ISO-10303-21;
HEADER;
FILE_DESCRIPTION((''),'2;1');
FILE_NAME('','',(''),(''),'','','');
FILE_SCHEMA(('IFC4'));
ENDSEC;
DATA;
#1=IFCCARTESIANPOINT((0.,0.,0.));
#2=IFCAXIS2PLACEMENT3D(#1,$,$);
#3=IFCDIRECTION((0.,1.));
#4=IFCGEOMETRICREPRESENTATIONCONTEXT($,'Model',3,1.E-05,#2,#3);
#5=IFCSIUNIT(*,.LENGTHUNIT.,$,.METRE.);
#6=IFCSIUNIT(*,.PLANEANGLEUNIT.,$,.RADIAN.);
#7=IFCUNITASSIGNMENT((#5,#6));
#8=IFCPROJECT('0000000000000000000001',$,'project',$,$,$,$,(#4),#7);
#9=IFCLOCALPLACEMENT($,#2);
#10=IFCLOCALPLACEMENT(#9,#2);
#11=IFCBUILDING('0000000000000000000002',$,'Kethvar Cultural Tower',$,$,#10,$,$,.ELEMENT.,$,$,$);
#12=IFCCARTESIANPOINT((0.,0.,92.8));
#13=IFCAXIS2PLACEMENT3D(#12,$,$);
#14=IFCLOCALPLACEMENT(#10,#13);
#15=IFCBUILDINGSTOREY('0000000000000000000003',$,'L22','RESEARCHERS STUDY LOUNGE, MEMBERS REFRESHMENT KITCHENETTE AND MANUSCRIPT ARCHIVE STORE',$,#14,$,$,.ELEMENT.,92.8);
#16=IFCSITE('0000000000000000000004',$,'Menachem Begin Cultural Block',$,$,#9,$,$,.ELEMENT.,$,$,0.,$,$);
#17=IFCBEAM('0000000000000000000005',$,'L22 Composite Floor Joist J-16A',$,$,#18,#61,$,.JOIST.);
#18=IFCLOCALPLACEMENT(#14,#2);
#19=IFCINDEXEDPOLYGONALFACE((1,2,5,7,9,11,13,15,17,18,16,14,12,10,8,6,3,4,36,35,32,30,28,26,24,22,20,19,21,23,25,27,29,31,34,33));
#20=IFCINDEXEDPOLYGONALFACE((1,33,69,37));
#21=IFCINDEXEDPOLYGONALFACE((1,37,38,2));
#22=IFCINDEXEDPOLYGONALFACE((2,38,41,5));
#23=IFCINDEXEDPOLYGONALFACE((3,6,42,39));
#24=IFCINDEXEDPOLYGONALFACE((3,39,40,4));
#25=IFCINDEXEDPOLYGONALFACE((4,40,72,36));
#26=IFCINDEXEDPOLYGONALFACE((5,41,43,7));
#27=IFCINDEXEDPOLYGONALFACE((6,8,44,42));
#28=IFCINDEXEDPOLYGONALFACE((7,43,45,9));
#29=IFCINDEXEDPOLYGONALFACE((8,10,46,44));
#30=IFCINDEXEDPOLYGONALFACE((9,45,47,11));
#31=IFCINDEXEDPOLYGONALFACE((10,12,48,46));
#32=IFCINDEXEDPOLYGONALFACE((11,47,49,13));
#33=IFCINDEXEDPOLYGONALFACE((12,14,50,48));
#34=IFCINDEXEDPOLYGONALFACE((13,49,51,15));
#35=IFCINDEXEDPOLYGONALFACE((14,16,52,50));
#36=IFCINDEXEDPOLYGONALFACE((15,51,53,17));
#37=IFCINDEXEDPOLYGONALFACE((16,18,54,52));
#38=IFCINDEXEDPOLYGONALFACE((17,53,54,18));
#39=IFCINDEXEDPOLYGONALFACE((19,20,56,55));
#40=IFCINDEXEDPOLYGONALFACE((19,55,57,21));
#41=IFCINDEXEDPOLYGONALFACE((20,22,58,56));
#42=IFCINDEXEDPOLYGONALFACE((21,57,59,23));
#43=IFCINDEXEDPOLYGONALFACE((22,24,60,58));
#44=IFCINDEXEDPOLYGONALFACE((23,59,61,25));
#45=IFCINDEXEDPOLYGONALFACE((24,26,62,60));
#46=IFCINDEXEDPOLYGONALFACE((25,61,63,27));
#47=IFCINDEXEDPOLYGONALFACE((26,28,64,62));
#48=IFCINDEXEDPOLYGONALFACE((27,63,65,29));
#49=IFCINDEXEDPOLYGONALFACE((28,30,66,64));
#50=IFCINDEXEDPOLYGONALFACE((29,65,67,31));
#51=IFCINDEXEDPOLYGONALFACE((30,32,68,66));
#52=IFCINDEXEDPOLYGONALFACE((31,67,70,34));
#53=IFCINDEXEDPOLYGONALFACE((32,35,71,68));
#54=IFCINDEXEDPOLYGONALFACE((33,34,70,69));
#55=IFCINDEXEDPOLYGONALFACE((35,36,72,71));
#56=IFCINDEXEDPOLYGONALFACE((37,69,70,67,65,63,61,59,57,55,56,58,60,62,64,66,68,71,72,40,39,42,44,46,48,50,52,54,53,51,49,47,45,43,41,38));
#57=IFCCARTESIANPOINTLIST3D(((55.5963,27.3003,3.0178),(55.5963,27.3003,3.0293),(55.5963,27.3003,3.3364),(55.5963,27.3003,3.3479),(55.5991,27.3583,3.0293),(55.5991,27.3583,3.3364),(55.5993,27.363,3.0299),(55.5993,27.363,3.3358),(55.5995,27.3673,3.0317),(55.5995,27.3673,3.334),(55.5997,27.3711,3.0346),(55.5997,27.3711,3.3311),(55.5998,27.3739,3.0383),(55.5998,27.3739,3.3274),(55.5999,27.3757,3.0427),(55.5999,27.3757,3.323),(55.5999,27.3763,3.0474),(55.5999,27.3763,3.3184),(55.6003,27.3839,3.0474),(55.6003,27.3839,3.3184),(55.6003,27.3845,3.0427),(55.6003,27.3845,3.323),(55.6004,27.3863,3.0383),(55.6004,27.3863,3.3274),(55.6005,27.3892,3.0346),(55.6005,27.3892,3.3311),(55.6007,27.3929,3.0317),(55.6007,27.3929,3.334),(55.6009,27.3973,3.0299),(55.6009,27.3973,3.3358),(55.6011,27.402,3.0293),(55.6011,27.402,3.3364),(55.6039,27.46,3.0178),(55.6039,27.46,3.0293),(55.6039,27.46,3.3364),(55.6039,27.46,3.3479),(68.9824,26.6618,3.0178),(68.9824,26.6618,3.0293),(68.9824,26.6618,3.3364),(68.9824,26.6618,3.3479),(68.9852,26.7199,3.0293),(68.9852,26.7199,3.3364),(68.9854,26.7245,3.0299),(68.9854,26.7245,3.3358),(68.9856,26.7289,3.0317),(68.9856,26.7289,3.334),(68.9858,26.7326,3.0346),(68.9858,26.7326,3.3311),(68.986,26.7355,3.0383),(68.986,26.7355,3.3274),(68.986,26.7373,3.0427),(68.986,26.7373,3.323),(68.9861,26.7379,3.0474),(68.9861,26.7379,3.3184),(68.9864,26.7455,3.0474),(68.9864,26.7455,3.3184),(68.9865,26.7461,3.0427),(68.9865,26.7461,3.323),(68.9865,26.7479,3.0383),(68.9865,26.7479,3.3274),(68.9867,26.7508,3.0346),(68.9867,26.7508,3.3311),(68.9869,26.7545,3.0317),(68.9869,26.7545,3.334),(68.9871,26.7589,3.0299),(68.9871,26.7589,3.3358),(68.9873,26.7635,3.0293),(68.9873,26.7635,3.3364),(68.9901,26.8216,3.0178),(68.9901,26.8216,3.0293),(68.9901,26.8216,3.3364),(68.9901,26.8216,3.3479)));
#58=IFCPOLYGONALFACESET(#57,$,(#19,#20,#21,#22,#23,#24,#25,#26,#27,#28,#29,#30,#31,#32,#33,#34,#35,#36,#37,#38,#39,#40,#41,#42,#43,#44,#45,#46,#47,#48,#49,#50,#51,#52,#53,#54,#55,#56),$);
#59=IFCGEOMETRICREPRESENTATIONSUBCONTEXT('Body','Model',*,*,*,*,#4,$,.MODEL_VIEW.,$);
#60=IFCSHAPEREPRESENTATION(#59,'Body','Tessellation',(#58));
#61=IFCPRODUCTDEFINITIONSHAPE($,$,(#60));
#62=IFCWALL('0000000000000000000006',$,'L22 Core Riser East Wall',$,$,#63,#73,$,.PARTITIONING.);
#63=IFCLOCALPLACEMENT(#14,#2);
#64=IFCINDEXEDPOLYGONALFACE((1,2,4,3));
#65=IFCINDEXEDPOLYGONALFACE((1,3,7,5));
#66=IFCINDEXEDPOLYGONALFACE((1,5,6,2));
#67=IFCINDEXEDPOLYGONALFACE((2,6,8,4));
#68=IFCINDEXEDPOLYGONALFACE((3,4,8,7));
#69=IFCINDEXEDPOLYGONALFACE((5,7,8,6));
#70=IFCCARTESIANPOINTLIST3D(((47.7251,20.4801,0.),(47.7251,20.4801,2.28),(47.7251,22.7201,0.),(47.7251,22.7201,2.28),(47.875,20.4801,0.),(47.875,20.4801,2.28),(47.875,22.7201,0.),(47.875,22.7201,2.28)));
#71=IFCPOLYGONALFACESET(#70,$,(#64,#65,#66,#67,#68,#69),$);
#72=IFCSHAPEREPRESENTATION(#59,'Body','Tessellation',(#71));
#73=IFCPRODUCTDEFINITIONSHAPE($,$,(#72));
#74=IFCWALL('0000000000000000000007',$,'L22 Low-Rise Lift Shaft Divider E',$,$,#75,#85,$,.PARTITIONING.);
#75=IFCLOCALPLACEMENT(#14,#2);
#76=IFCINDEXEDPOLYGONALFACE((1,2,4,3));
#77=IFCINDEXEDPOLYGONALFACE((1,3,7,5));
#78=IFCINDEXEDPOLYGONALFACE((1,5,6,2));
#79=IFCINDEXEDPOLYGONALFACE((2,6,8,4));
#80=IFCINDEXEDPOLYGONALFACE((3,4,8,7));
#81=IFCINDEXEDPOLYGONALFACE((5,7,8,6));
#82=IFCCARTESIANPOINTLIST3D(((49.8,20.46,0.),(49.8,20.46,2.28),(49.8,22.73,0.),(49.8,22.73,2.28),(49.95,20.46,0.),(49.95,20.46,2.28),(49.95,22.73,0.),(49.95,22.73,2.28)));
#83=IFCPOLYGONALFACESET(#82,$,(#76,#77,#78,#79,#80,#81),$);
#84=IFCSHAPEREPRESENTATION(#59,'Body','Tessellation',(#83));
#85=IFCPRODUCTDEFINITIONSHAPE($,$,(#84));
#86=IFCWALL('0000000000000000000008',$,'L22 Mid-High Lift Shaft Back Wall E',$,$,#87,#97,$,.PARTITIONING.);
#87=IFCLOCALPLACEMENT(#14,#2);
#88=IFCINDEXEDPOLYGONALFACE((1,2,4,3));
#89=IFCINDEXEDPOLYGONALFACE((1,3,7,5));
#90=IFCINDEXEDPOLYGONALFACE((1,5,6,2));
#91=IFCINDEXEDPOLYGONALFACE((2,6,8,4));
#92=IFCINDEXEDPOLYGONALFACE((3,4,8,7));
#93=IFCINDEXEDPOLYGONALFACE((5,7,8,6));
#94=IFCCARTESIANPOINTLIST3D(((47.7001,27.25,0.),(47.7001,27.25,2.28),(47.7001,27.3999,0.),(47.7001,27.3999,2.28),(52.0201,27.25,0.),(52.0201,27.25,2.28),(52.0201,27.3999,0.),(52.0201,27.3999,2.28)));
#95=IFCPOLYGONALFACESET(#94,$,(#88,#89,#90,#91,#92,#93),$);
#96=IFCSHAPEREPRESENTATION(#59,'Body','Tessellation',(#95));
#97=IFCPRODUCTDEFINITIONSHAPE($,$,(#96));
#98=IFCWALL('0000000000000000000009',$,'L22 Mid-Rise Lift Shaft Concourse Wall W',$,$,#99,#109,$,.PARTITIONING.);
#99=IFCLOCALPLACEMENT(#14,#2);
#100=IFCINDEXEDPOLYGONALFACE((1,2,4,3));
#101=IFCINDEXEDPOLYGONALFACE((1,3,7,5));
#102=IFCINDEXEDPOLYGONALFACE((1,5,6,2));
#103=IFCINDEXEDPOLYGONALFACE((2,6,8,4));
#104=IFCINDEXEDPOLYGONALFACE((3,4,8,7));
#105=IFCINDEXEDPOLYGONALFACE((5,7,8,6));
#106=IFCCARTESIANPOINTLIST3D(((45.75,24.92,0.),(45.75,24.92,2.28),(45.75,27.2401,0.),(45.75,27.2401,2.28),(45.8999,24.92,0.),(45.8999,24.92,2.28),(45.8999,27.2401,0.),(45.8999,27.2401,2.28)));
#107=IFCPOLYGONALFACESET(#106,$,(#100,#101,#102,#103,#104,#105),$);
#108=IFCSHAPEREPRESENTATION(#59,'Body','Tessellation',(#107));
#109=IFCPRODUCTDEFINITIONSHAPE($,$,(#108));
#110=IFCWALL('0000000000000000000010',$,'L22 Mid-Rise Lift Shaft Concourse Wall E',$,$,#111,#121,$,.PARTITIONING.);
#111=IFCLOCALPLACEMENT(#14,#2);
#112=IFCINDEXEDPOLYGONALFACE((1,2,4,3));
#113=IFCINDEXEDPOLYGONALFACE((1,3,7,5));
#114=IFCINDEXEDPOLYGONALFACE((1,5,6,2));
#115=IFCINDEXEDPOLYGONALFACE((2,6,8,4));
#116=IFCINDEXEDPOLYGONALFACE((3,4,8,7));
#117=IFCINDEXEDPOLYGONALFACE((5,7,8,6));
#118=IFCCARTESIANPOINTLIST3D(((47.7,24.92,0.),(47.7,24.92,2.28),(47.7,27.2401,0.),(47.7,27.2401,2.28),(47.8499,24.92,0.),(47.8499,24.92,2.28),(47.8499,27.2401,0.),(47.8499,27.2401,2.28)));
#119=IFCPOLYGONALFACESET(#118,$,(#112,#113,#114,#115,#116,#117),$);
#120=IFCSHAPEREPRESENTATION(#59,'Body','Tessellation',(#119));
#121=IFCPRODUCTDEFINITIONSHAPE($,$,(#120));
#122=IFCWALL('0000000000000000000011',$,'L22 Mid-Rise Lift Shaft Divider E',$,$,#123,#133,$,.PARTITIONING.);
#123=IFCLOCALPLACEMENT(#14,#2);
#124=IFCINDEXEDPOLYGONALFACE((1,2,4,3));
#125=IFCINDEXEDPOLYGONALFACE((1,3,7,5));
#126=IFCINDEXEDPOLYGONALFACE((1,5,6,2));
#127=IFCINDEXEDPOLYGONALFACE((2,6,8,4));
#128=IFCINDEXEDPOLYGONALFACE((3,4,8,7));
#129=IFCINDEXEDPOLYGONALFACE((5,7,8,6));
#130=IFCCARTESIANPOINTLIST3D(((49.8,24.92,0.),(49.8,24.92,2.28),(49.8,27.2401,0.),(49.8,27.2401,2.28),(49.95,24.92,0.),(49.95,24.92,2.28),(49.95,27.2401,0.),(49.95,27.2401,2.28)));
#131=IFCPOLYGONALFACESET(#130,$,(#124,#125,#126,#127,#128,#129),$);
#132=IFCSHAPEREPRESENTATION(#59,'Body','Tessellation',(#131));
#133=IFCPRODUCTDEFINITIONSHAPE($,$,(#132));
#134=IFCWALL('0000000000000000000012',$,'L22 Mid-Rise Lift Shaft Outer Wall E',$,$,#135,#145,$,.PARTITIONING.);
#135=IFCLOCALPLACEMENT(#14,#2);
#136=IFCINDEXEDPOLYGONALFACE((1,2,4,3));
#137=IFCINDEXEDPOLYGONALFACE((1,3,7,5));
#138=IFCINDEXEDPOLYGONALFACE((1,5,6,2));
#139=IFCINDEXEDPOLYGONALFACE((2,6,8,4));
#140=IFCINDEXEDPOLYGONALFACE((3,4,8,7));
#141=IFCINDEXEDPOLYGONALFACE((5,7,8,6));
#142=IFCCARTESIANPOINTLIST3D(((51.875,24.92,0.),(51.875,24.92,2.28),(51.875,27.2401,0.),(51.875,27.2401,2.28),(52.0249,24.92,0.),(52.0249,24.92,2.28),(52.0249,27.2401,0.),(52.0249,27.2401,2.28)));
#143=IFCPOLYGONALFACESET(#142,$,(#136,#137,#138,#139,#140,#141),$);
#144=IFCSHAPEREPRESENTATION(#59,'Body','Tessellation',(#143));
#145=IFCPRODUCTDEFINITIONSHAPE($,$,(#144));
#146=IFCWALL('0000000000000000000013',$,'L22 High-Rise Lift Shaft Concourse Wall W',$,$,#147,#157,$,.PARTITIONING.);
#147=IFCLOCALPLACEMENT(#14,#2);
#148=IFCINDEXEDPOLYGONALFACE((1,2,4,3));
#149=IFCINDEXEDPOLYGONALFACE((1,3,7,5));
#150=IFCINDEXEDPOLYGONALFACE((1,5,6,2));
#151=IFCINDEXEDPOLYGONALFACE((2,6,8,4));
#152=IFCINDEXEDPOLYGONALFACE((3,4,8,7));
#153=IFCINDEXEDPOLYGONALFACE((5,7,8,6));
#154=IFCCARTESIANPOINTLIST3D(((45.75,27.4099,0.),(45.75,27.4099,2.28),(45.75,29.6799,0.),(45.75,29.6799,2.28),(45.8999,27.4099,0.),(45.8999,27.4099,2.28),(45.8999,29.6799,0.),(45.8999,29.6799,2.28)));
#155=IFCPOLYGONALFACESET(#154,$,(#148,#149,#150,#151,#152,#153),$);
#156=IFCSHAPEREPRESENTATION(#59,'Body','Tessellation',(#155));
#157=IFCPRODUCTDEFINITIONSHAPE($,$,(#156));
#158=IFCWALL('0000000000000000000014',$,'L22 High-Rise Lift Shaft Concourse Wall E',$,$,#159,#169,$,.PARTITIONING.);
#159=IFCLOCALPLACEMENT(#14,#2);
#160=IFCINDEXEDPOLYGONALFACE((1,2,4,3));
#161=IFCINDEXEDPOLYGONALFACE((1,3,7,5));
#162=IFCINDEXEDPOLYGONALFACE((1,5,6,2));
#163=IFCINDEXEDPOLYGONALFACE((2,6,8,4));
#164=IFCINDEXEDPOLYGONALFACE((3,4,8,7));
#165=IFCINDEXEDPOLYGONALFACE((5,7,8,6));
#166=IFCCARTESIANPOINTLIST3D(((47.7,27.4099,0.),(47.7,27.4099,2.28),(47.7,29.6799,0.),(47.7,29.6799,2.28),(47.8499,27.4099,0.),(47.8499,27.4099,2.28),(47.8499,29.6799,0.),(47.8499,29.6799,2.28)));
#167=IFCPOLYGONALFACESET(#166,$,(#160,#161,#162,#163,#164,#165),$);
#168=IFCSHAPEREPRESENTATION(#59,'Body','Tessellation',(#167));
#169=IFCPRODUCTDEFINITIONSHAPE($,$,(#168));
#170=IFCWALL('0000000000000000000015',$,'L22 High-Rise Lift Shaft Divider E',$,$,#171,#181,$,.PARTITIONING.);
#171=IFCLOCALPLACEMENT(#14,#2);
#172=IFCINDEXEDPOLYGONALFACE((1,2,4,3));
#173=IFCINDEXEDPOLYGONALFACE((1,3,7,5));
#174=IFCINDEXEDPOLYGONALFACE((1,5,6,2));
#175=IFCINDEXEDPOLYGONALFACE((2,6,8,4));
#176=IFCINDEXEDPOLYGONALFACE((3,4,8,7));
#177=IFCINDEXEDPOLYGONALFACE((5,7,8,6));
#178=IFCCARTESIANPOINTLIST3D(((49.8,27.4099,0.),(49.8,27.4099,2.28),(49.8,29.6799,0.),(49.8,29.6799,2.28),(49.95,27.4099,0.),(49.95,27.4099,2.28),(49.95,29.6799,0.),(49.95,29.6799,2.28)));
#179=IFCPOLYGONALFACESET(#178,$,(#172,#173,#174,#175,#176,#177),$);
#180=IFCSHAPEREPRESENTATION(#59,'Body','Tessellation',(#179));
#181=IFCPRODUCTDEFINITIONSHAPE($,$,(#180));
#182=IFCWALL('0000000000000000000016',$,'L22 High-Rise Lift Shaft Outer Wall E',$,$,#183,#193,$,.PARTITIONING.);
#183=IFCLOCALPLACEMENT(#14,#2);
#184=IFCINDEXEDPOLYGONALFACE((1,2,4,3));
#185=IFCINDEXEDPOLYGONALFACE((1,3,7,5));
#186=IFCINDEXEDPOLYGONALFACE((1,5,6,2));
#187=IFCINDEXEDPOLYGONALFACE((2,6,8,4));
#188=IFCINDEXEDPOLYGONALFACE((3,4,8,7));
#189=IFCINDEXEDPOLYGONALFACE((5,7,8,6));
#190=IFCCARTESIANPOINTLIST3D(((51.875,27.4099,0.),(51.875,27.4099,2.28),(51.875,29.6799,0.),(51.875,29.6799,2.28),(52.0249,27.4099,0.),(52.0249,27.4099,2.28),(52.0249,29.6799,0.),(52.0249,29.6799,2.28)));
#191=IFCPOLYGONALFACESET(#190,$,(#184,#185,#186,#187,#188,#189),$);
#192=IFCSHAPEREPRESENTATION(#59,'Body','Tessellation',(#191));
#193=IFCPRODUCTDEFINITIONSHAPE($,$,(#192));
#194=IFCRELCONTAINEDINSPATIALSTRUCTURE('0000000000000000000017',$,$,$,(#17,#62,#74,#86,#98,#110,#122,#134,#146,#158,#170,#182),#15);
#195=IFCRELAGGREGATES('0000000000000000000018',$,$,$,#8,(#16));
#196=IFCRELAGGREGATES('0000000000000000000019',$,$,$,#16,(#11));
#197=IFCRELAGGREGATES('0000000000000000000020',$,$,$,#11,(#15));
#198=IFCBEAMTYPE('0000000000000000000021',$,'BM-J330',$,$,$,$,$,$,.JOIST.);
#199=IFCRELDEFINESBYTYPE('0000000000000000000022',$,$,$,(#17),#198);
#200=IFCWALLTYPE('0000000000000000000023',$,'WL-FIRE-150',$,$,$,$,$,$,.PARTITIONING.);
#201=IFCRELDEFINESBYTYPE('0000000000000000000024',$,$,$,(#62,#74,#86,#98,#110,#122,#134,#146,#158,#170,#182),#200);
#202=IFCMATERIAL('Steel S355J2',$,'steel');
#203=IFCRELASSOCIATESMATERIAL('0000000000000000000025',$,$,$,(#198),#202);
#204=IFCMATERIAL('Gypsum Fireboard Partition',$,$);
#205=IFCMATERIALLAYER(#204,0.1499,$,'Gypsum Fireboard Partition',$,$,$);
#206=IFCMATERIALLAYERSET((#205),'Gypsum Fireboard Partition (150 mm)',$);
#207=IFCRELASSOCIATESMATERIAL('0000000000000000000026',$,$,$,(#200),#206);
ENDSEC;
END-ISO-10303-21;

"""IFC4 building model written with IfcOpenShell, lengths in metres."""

from ifc_helpers import new_model, si_unit, direction, frame, frame_2d, origin, origin_2d, place, context, subcontext, project, spatial, rectangle, i_section, extrude, source, transform, mapped, material, layer, layer_set, material_profile, profile_set, type_object, element, save


model = new_model("IFC4")

# Units and contexts
model_context = context("Model", 3, precision=1e-05, world=origin(), true_north=direction((0.0, 1.0)))
body_context = subcontext(model_context, "Body", "Model", "MODEL_VIEW")
ifc_project = project(units=[si_unit("LENGTHUNIT", "METRE"), si_unit("PLANEANGLEUNIT", "RADIAN")], contexts=[model_context])

# Site, building, storey
site_placement = place(None, origin())
site = spatial("IfcSite", under=ifc_project, at=site_placement, Name="Menachem Begin Cultural Block", CompositionType="ELEMENT", RefElevation=0.0)
building_placement = place(site_placement, origin())
building = spatial("IfcBuilding", under=site, at=building_placement, Name="Kethvar Cultural Tower", CompositionType="ELEMENT")
storey_placement = place(building_placement, frame((0.0, 0.0, 92.8)))
storey = spatial("IfcBuildingStorey", under=building, at=storey_placement, Name="L22", Description="RESEARCHERS STUDY LOUNGE, MEMBERS REFRESHMENT KITCHENETTE AND MANUSCRIPT ARCHIVE STORE", CompositionType="ELEMENT", Elevation=92.8)

# Beam
ifc_material_1 = material(Name="Steel S355J2", Category="steel")
ifc_material_profile_1 = material_profile(ifc_material_1, i_section(OverallWidth=0.1599, OverallDepth=0.3301, WebThickness=0.0076, FlangeThickness=0.0115, FilletRadius=0.0181, at=origin_2d()), Name="Steel S355J2 — IPE330")
ifc_profile_set_1 = profile_set([ifc_material_profile_1], Name="Steel S355J2 — IPE330")
beam_type_1 = type_object("IfcBeamType", Name="BM-J330", PredefinedType="JOIST", material=ifc_profile_set_1)
shared_shape_1 = source(origin(), body_context, "Body", "SweptSolid", [
    extrude(i_section(OverallWidth=0.1599, OverallDepth=0.3301, WebThickness=0.0076, FlangeThickness=0.0115, FilletRadius=0.0181, at=origin_2d()), origin(), (0.0, 0.0, 1.0), 13.4014),
])
beam_1_placement = place(storey_placement, frame((55.6001, 27.3801, 3.1829), z_axis=(0.998865, -0.047639, 0.0), x_axis=(0.047639, 0.998865, 0.0)))
element("IfcBeam", 1, at=beam_1_placement, inside=storey, type_object=beam_type_1, Name="L22 Composite Floor Joist J-16A", PredefinedType="JOIST", context=body_context, shape_type="MappedRepresentation", body=[
    mapped(shared_shape_1, transform((0.0, 0.0, 0.0), scale=1.0)),
])

# Walls
ifc_material_2 = material(Name="Gypsum Fireboard Partition")
ifc_layer_1 = layer(ifc_material_2, 0.1499, Name="Gypsum Fireboard Partition")
ifc_layer_set_1 = layer_set([ifc_layer_1], Name="Gypsum Fireboard Partition (150 mm)")
wall_type_1 = type_object("IfcWallType", Name="WL-FIRE-150", PredefinedType="PARTITIONING", material=ifc_layer_set_1)
wall_1_placement = place(storey_placement, frame((47.8, 20.48, 0.0), z_axis=(0.0, 0.0, 1.0), x_axis=(0.0, 1.0, 0.0)))
element("IfcWall", 2, at=wall_1_placement, inside=storey, type_object=wall_type_1, Name="L22 Core Riser East Wall", PredefinedType="PARTITIONING", context=body_context, shape_type="SweptSolid", body=[
    extrude(rectangle(XDim=2.24, YDim=0.1499, at=frame_2d((1.1201, 0.0))), origin(), (0.0, 0.0, 1.0), 2.28),
])
wall_2_placement = place(storey_placement, frame((49.875, 20.46, 0.0), z_axis=(0.0, 0.0, 1.0), x_axis=(0.0, 1.0, 0.0)))
element("IfcWall", 3, at=wall_2_placement, inside=storey, type_object=wall_type_1, Name="L22 Low-Rise Lift Shaft Divider E", PredefinedType="PARTITIONING", context=body_context, shape_type="SweptSolid", body=[
    extrude(rectangle(XDim=2.27, YDim=0.1499, at=frame_2d((1.135, 0.0))), origin(), (0.0, 0.0, 1.0), 2.28),
])
wall_3_placement = place(storey_placement, frame((47.7, 27.325, 0.0), z_axis=(0.0, 0.0, 1.0), x_axis=(1.0, 0.0, 0.0)))
element("IfcWall", 4, at=wall_3_placement, inside=storey, type_object=wall_type_1, Name="L22 Mid-High Lift Shaft Back Wall E", PredefinedType="PARTITIONING", context=body_context, shape_type="SweptSolid", body=[
    extrude(rectangle(XDim=4.3201, YDim=0.1499, at=frame_2d((2.1602, 0.0))), origin(), (0.0, 0.0, 1.0), 2.28),
])
for number, where, z_axis, x_axis, name in (
    (5, (45.825, 24.9199, 0.0), (0.0, 0.0, 1.0), (0.0, 1.0, 0.0), "L22 Mid-Rise Lift Shaft Concourse Wall W"),
    (6, (47.7749, 24.9199, 0.0), (0.0, 0.0, 1.0), (0.0, 1.0, 0.0), "L22 Mid-Rise Lift Shaft Concourse Wall E"),
    (7, (49.875, 24.9199, 0.0), (0.0, 0.0, 1.0), (0.0, 1.0, 0.0), "L22 Mid-Rise Lift Shaft Divider E"),
    (8, (51.95, 24.9199, 0.0), (0.0, 0.0, 1.0), (0.0, 1.0, 0.0), "L22 Mid-Rise Lift Shaft Outer Wall E"),
):
    element("IfcWall", number, at=place(storey_placement, frame(where, z_axis=z_axis, x_axis=x_axis)), inside=storey, type_object=wall_type_1, Name=name, PredefinedType="PARTITIONING", context=body_context, shape_type="SweptSolid", body=[
        extrude(rectangle(XDim=2.3201, YDim=0.1499, at=frame_2d((1.1602, 0.0))), origin(), (0.0, 0.0, 1.0), 2.28),
    ])
for number, where, z_axis, x_axis, name in (
    (9, (45.825, 27.4099, 0.0), (0.0, 0.0, 1.0), (0.0, 1.0, 0.0), "L22 High-Rise Lift Shaft Concourse Wall W"),
    (10, (47.7749, 27.4099, 0.0), (0.0, 0.0, 1.0), (0.0, 1.0, 0.0), "L22 High-Rise Lift Shaft Concourse Wall E"),
    (11, (49.875, 27.4099, 0.0), (0.0, 0.0, 1.0), (0.0, 1.0, 0.0), "L22 High-Rise Lift Shaft Divider E"),
    (12, (51.95, 27.4099, 0.0), (0.0, 0.0, 1.0), (0.0, 1.0, 0.0), "L22 High-Rise Lift Shaft Outer Wall E"),
):
    element("IfcWall", number, at=place(storey_placement, frame(where, z_axis=z_axis, x_axis=x_axis)), inside=storey, type_object=wall_type_1, Name=name, PredefinedType="PARTITIONING", context=body_context, shape_type="SweptSolid", body=[
        extrude(rectangle(XDim=2.27, YDim=0.1499, at=frame_2d((1.135, 0.0))), origin(), (0.0, 0.0, 1.0), 2.28),
    ])

save(model, "model.ifc")
